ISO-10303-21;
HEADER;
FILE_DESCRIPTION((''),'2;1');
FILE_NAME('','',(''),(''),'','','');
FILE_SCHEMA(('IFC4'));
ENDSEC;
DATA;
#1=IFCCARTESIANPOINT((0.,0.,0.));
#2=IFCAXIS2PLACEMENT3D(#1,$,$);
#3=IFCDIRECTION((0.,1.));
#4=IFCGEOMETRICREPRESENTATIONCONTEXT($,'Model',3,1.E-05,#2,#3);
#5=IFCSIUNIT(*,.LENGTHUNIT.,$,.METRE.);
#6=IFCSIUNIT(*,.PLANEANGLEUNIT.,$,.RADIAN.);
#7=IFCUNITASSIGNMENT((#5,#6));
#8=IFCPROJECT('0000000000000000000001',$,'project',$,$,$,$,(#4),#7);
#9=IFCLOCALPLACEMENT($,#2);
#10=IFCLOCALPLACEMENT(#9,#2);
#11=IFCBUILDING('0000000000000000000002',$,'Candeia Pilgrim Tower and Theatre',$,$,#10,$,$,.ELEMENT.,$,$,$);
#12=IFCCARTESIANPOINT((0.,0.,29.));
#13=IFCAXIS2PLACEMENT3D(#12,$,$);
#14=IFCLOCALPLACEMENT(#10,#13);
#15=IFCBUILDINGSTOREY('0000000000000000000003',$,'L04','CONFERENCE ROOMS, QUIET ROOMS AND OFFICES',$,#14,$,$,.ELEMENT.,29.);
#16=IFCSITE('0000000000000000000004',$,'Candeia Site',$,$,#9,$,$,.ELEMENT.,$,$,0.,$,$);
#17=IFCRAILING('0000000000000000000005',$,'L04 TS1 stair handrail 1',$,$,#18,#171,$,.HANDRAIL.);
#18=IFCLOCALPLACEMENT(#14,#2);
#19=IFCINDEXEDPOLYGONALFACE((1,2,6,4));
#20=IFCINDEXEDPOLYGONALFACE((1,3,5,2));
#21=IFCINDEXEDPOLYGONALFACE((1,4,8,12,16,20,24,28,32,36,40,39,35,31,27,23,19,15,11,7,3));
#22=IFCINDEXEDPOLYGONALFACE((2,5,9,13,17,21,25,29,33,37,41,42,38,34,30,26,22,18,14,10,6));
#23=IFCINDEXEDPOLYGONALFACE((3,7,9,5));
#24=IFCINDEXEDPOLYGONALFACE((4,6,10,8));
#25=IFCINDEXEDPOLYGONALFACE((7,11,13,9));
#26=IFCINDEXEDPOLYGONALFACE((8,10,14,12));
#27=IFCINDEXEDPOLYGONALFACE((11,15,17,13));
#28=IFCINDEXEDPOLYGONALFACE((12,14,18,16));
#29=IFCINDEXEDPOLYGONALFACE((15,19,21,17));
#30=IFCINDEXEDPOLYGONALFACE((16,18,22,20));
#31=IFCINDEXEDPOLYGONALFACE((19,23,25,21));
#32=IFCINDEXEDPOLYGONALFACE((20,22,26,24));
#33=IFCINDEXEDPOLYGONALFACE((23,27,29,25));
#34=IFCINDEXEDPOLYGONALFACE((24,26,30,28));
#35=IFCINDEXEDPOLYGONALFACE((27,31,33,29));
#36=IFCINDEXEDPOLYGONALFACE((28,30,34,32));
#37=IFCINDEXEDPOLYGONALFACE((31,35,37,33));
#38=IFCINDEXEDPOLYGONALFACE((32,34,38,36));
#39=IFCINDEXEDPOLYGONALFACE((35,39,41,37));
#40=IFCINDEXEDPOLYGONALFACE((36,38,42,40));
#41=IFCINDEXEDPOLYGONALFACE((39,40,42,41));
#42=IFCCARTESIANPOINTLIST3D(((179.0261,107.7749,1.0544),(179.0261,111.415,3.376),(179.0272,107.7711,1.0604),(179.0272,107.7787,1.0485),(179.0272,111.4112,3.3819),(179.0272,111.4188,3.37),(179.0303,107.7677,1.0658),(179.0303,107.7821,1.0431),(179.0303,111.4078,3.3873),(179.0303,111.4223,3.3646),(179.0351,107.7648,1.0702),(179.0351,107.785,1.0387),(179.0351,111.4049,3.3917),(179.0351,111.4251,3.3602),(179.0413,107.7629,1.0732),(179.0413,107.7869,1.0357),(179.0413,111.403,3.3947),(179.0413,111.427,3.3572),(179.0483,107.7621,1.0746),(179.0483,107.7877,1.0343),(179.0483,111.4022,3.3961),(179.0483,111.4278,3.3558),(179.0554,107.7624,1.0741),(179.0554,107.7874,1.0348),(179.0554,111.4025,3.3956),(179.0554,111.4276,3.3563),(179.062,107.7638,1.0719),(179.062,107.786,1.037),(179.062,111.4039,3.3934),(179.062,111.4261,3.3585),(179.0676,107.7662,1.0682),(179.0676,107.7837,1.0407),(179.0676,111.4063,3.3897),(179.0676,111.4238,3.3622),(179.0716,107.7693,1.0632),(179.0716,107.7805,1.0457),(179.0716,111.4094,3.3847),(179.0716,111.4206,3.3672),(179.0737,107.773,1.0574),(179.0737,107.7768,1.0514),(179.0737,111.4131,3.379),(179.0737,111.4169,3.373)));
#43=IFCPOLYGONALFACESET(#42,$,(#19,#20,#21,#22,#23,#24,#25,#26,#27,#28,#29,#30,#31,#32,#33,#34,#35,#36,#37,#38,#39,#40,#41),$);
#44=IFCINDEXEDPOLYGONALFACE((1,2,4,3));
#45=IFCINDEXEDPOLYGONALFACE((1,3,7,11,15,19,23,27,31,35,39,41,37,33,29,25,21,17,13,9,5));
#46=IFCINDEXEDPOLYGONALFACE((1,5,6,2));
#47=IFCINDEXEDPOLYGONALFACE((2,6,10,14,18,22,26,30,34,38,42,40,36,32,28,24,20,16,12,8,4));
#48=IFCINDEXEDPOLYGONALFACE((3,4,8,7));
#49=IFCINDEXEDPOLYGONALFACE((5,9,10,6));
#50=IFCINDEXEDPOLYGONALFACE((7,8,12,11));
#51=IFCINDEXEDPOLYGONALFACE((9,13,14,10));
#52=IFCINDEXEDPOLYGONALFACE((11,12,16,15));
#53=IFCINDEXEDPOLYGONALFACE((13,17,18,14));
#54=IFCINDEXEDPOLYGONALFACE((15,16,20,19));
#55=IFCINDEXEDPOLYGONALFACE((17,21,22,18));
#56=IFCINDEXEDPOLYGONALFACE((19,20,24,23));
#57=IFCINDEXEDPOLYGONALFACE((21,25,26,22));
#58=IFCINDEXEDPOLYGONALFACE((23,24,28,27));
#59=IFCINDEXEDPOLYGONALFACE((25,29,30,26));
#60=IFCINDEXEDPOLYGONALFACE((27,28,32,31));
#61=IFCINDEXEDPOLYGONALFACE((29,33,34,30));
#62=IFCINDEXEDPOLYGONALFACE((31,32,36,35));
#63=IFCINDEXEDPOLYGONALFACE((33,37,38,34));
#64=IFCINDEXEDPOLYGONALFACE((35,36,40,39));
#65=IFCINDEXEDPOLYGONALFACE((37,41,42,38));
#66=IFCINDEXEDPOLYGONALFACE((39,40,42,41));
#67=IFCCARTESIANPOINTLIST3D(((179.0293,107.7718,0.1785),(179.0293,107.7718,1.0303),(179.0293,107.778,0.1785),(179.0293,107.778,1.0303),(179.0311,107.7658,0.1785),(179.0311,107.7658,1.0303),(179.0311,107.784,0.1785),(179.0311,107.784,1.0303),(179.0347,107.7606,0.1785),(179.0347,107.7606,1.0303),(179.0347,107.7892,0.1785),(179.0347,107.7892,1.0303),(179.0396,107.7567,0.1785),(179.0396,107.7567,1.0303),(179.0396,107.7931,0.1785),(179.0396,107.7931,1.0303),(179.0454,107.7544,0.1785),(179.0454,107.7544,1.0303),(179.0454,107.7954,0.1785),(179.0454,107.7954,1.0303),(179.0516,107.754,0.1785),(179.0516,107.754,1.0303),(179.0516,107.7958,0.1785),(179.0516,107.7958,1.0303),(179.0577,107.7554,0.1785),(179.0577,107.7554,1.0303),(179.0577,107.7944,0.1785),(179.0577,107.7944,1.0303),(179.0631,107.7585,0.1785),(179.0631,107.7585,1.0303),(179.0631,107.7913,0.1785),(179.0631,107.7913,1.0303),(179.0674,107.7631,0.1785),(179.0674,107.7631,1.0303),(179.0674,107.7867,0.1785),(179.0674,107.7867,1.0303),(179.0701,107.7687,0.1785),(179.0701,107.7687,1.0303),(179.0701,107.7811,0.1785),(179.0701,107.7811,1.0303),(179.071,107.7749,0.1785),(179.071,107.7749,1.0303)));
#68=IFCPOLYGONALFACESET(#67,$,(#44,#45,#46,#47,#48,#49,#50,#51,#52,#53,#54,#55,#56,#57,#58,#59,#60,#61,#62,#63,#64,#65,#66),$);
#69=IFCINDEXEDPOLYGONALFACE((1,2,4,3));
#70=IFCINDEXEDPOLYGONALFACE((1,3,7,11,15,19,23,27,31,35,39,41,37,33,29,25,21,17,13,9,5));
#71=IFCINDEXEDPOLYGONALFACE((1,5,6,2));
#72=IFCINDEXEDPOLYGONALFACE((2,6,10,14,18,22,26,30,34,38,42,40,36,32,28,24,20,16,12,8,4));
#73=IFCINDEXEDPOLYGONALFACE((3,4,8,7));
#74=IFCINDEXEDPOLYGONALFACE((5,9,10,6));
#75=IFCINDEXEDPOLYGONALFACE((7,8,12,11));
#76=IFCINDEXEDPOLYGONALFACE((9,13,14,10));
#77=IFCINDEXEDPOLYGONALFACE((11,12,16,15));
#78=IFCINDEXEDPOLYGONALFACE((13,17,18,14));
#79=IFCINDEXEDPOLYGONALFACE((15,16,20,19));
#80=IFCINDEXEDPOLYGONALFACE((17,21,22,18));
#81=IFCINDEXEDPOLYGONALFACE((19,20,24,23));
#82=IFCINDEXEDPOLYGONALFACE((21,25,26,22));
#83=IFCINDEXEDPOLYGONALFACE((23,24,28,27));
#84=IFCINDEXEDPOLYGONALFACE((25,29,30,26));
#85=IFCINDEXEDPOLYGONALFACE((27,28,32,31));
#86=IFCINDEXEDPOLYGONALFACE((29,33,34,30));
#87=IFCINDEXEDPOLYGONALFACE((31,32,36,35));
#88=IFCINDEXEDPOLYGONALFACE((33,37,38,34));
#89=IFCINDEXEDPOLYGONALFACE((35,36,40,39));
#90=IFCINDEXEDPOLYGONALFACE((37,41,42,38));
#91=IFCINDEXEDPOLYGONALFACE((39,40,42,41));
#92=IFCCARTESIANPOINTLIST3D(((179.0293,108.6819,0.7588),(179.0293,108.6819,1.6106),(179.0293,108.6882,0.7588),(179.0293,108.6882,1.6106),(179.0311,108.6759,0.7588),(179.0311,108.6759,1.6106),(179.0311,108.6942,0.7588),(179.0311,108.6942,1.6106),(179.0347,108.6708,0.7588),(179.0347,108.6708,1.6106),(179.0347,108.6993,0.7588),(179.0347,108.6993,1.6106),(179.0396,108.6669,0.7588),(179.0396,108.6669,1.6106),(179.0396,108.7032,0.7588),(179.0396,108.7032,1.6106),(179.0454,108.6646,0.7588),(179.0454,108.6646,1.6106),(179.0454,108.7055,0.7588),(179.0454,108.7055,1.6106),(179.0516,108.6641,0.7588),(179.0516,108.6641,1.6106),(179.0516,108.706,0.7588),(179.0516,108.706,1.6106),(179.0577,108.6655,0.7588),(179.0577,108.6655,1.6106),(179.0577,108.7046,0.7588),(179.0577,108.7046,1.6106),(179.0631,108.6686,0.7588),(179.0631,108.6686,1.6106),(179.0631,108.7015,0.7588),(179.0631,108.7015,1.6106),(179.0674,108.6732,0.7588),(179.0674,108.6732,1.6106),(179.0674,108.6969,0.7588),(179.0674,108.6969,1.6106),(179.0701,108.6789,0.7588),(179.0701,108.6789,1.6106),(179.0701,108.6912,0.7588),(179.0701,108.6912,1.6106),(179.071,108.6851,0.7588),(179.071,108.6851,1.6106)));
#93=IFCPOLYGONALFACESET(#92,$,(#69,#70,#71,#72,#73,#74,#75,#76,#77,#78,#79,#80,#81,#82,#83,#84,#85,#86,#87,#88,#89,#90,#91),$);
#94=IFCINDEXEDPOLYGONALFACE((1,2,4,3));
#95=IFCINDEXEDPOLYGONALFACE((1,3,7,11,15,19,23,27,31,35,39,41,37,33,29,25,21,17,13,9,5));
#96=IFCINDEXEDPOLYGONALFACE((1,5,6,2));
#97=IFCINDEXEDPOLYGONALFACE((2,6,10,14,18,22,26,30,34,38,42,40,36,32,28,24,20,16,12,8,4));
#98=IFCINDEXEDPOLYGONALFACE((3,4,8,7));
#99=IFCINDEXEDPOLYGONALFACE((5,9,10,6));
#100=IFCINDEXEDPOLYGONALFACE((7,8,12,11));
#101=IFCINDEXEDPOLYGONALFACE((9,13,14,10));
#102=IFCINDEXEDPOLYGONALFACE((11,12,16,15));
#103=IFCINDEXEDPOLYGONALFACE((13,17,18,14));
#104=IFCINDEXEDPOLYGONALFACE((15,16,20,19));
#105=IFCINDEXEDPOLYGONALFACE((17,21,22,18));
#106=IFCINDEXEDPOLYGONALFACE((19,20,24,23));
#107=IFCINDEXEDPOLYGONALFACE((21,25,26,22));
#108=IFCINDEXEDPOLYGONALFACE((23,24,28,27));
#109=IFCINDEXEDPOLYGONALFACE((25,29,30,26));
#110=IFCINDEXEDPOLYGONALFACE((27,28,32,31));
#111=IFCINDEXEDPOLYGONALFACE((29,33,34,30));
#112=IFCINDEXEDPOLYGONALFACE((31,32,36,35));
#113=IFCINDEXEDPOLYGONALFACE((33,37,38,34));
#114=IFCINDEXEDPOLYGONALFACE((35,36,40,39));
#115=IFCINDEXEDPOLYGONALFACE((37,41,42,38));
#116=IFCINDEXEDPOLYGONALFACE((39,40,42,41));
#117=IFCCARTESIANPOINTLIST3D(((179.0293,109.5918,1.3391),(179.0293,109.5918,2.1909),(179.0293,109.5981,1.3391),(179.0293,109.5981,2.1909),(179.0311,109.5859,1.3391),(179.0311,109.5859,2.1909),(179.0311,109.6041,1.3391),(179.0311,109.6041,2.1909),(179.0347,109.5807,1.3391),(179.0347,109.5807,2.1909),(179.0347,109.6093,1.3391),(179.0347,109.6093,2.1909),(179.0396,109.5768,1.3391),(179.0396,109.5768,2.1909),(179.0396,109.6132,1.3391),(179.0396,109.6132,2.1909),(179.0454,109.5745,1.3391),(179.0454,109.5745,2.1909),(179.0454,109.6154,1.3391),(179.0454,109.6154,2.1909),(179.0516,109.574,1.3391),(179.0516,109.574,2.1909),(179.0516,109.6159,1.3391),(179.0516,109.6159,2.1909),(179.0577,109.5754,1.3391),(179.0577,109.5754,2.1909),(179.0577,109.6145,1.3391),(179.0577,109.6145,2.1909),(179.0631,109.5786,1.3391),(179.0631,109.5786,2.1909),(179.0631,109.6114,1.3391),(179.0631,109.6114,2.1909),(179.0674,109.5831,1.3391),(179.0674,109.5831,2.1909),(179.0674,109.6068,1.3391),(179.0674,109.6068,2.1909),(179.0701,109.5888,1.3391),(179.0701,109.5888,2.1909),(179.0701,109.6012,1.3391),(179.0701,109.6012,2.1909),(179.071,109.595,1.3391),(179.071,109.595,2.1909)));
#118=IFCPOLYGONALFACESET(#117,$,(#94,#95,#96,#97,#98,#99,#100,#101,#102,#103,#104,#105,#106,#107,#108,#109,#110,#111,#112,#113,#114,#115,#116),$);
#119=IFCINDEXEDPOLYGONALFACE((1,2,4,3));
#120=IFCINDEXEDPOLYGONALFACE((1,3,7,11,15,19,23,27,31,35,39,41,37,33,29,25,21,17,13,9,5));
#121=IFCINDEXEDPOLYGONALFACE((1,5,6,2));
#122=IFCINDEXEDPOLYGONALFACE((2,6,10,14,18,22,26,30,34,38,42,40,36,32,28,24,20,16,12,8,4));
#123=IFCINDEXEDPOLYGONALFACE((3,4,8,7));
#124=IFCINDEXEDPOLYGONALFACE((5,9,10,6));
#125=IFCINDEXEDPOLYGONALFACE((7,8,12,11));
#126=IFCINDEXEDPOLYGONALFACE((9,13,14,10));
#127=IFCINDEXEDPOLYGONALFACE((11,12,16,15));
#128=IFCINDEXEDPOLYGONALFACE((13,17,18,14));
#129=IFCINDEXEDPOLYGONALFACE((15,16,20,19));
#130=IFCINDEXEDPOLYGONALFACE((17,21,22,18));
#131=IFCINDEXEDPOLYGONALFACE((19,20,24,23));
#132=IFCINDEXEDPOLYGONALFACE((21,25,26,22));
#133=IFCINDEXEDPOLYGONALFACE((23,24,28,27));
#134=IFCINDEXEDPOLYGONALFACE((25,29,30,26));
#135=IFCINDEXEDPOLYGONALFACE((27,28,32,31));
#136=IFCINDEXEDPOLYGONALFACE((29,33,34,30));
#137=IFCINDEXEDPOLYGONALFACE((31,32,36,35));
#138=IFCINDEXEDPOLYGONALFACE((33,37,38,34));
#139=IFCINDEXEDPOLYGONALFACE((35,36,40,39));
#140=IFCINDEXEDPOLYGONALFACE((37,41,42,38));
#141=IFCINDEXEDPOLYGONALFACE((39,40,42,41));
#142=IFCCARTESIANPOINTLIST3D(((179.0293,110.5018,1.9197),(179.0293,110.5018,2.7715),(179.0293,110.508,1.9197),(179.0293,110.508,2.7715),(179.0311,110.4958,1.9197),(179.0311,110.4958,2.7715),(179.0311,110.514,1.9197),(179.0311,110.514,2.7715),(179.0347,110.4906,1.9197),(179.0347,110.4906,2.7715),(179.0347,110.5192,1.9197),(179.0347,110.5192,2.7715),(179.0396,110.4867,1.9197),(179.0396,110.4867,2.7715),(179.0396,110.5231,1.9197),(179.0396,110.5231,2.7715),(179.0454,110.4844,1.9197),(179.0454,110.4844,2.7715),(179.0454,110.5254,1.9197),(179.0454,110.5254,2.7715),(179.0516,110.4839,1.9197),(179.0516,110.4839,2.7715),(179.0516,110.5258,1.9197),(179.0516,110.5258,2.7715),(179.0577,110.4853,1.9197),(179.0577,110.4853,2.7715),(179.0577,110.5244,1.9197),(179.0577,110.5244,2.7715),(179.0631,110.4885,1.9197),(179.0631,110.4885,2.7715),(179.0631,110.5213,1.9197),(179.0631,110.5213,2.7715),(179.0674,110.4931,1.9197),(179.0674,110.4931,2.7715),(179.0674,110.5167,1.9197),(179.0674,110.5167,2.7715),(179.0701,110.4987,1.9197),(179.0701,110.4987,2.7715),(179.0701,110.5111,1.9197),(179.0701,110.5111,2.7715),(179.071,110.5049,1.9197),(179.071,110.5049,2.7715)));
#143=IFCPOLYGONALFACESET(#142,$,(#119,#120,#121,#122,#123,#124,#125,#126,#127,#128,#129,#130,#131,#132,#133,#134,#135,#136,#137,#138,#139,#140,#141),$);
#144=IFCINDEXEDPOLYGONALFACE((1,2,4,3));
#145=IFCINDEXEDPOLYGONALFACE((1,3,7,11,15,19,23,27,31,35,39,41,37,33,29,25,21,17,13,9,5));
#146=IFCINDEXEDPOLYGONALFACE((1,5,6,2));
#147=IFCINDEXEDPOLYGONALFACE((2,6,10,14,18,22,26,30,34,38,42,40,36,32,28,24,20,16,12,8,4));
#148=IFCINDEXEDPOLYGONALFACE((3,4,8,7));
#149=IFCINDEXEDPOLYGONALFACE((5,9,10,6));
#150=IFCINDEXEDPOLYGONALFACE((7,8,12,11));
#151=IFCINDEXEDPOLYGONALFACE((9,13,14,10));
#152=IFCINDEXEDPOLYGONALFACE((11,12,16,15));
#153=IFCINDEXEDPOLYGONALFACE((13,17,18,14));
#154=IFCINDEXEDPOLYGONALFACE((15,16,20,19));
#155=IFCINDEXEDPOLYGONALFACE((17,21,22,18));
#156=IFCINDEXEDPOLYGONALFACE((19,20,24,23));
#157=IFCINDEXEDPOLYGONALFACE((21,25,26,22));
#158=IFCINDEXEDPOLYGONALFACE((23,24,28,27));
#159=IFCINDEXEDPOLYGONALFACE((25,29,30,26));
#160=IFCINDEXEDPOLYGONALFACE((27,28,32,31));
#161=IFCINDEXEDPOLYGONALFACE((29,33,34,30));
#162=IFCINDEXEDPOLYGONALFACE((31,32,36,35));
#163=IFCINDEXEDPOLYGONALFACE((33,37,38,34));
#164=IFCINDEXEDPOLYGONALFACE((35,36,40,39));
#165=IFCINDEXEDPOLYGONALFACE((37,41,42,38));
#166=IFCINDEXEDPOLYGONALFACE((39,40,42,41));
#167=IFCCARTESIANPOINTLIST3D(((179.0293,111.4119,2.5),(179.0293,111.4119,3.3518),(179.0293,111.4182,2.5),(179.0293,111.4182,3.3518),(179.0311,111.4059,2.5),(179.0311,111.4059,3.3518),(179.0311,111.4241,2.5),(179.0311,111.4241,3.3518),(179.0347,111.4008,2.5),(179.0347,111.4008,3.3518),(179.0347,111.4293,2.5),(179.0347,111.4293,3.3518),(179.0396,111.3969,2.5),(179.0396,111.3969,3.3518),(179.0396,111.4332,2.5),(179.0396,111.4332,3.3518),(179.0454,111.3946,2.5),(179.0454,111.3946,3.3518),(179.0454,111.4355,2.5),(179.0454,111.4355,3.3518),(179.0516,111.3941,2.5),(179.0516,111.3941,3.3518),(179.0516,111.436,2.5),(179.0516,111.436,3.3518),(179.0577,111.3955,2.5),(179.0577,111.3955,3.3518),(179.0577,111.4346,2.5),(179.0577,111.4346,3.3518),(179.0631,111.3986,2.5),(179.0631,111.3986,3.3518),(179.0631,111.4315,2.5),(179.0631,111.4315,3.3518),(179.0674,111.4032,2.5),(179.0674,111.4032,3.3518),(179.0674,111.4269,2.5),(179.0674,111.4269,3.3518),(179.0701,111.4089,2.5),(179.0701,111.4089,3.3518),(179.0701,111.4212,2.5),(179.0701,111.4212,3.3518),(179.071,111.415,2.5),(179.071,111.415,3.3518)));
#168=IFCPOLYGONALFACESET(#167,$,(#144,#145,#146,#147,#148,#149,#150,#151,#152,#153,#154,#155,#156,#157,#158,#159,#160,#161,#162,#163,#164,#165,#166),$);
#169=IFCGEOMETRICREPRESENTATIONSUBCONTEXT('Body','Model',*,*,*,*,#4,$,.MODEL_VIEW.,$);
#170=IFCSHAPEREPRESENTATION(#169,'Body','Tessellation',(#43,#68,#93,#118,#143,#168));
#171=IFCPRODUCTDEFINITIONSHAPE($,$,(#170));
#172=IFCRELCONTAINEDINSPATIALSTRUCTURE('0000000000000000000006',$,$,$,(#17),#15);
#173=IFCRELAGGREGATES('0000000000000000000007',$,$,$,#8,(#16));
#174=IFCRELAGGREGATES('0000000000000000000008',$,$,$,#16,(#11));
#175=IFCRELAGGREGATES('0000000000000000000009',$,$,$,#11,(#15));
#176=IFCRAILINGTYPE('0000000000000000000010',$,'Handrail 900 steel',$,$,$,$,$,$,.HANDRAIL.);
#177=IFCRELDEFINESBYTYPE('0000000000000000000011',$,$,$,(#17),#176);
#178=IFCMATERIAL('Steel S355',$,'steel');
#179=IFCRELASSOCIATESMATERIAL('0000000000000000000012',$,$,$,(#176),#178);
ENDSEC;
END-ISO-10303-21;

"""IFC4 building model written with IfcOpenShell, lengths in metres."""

from ifc_helpers import new_model, si_unit, direction, frame, origin, origin_2d, place, context, subcontext, project, spatial, circle, extrude, material, type_object, element, save


model = new_model("IFC4")

# Units and contexts
model_context = context("Model", 3, precision=1e-05, world=origin(), true_north=direction((0.0, 1.0)))
body_context = subcontext(model_context, "Body", "Model", "MODEL_VIEW")
ifc_project = project(units=[si_unit("LENGTHUNIT", "METRE"), si_unit("PLANEANGLEUNIT", "RADIAN")], contexts=[model_context])

# Site, building, storey
site_placement = place(None, origin())
site = spatial("IfcSite", under=ifc_project, at=site_placement, Name="Candeia Site", CompositionType="ELEMENT", RefElevation=0.0)
building_placement = place(site_placement, origin())
building = spatial("IfcBuilding", under=site, at=building_placement, Name="Candeia Pilgrim Tower and Theatre", CompositionType="ELEMENT")
storey_placement = place(building_placement, frame((0.0, 0.0, 29.0)))
storey = spatial("IfcBuildingStorey", under=building, at=storey_placement, Name="L04", Description="CONFERENCE ROOMS, QUIET ROOMS AND OFFICES", CompositionType="ELEMENT", Elevation=29.0)

# Railing
ifc_material_1 = material(Name="Steel S355", Category="steel")
railing_type_1 = type_object("IfcRailingType", Name="Handrail 900 steel", PredefinedType="HANDRAIL", material=ifc_material_1)
railing_1_placement = place(storey_placement, frame((179.05, 107.7749, 0.1785)))
element("IfcRailing", 1, at=railing_1_placement, inside=storey, type_object=railing_type_1, Name="L04 TS1 stair handrail 1", PredefinedType="HANDRAIL", context=body_context, shape_type="SweptSolid", body=[
    extrude(circle(Radius=0.0239, at=origin_2d()), frame((0.0, 0.0, 0.876), z_axis=(0.0, 0.843128, 0.537713), x_axis=(-1.0, 0.0, 0.0)), (0.0, 0.0, 1.0), 4.3174),
    extrude(circle(Radius=0.021, at=origin_2d()), origin(), (0.0, 0.0, 1.0), 0.8518),
    extrude(circle(Radius=0.021, at=origin_2d()), frame((0.0, 0.9102, 0.5803)), (0.0, 0.0, 1.0), 0.8518),
    extrude(circle(Radius=0.021, at=origin_2d()), frame((0.0, 1.8201, 1.1606)), (0.0, 0.0, 1.0), 0.8518),
    extrude(circle(Radius=0.021, at=origin_2d()), frame((0.0, 2.73, 1.7412)), (0.0, 0.0, 1.0), 0.8518),
    extrude(circle(Radius=0.021, at=origin_2d()), frame((0.0, 3.6401, 2.3215)), (0.0, 0.0, 1.0), 0.8518),
])

save(model, "model.ifc")
